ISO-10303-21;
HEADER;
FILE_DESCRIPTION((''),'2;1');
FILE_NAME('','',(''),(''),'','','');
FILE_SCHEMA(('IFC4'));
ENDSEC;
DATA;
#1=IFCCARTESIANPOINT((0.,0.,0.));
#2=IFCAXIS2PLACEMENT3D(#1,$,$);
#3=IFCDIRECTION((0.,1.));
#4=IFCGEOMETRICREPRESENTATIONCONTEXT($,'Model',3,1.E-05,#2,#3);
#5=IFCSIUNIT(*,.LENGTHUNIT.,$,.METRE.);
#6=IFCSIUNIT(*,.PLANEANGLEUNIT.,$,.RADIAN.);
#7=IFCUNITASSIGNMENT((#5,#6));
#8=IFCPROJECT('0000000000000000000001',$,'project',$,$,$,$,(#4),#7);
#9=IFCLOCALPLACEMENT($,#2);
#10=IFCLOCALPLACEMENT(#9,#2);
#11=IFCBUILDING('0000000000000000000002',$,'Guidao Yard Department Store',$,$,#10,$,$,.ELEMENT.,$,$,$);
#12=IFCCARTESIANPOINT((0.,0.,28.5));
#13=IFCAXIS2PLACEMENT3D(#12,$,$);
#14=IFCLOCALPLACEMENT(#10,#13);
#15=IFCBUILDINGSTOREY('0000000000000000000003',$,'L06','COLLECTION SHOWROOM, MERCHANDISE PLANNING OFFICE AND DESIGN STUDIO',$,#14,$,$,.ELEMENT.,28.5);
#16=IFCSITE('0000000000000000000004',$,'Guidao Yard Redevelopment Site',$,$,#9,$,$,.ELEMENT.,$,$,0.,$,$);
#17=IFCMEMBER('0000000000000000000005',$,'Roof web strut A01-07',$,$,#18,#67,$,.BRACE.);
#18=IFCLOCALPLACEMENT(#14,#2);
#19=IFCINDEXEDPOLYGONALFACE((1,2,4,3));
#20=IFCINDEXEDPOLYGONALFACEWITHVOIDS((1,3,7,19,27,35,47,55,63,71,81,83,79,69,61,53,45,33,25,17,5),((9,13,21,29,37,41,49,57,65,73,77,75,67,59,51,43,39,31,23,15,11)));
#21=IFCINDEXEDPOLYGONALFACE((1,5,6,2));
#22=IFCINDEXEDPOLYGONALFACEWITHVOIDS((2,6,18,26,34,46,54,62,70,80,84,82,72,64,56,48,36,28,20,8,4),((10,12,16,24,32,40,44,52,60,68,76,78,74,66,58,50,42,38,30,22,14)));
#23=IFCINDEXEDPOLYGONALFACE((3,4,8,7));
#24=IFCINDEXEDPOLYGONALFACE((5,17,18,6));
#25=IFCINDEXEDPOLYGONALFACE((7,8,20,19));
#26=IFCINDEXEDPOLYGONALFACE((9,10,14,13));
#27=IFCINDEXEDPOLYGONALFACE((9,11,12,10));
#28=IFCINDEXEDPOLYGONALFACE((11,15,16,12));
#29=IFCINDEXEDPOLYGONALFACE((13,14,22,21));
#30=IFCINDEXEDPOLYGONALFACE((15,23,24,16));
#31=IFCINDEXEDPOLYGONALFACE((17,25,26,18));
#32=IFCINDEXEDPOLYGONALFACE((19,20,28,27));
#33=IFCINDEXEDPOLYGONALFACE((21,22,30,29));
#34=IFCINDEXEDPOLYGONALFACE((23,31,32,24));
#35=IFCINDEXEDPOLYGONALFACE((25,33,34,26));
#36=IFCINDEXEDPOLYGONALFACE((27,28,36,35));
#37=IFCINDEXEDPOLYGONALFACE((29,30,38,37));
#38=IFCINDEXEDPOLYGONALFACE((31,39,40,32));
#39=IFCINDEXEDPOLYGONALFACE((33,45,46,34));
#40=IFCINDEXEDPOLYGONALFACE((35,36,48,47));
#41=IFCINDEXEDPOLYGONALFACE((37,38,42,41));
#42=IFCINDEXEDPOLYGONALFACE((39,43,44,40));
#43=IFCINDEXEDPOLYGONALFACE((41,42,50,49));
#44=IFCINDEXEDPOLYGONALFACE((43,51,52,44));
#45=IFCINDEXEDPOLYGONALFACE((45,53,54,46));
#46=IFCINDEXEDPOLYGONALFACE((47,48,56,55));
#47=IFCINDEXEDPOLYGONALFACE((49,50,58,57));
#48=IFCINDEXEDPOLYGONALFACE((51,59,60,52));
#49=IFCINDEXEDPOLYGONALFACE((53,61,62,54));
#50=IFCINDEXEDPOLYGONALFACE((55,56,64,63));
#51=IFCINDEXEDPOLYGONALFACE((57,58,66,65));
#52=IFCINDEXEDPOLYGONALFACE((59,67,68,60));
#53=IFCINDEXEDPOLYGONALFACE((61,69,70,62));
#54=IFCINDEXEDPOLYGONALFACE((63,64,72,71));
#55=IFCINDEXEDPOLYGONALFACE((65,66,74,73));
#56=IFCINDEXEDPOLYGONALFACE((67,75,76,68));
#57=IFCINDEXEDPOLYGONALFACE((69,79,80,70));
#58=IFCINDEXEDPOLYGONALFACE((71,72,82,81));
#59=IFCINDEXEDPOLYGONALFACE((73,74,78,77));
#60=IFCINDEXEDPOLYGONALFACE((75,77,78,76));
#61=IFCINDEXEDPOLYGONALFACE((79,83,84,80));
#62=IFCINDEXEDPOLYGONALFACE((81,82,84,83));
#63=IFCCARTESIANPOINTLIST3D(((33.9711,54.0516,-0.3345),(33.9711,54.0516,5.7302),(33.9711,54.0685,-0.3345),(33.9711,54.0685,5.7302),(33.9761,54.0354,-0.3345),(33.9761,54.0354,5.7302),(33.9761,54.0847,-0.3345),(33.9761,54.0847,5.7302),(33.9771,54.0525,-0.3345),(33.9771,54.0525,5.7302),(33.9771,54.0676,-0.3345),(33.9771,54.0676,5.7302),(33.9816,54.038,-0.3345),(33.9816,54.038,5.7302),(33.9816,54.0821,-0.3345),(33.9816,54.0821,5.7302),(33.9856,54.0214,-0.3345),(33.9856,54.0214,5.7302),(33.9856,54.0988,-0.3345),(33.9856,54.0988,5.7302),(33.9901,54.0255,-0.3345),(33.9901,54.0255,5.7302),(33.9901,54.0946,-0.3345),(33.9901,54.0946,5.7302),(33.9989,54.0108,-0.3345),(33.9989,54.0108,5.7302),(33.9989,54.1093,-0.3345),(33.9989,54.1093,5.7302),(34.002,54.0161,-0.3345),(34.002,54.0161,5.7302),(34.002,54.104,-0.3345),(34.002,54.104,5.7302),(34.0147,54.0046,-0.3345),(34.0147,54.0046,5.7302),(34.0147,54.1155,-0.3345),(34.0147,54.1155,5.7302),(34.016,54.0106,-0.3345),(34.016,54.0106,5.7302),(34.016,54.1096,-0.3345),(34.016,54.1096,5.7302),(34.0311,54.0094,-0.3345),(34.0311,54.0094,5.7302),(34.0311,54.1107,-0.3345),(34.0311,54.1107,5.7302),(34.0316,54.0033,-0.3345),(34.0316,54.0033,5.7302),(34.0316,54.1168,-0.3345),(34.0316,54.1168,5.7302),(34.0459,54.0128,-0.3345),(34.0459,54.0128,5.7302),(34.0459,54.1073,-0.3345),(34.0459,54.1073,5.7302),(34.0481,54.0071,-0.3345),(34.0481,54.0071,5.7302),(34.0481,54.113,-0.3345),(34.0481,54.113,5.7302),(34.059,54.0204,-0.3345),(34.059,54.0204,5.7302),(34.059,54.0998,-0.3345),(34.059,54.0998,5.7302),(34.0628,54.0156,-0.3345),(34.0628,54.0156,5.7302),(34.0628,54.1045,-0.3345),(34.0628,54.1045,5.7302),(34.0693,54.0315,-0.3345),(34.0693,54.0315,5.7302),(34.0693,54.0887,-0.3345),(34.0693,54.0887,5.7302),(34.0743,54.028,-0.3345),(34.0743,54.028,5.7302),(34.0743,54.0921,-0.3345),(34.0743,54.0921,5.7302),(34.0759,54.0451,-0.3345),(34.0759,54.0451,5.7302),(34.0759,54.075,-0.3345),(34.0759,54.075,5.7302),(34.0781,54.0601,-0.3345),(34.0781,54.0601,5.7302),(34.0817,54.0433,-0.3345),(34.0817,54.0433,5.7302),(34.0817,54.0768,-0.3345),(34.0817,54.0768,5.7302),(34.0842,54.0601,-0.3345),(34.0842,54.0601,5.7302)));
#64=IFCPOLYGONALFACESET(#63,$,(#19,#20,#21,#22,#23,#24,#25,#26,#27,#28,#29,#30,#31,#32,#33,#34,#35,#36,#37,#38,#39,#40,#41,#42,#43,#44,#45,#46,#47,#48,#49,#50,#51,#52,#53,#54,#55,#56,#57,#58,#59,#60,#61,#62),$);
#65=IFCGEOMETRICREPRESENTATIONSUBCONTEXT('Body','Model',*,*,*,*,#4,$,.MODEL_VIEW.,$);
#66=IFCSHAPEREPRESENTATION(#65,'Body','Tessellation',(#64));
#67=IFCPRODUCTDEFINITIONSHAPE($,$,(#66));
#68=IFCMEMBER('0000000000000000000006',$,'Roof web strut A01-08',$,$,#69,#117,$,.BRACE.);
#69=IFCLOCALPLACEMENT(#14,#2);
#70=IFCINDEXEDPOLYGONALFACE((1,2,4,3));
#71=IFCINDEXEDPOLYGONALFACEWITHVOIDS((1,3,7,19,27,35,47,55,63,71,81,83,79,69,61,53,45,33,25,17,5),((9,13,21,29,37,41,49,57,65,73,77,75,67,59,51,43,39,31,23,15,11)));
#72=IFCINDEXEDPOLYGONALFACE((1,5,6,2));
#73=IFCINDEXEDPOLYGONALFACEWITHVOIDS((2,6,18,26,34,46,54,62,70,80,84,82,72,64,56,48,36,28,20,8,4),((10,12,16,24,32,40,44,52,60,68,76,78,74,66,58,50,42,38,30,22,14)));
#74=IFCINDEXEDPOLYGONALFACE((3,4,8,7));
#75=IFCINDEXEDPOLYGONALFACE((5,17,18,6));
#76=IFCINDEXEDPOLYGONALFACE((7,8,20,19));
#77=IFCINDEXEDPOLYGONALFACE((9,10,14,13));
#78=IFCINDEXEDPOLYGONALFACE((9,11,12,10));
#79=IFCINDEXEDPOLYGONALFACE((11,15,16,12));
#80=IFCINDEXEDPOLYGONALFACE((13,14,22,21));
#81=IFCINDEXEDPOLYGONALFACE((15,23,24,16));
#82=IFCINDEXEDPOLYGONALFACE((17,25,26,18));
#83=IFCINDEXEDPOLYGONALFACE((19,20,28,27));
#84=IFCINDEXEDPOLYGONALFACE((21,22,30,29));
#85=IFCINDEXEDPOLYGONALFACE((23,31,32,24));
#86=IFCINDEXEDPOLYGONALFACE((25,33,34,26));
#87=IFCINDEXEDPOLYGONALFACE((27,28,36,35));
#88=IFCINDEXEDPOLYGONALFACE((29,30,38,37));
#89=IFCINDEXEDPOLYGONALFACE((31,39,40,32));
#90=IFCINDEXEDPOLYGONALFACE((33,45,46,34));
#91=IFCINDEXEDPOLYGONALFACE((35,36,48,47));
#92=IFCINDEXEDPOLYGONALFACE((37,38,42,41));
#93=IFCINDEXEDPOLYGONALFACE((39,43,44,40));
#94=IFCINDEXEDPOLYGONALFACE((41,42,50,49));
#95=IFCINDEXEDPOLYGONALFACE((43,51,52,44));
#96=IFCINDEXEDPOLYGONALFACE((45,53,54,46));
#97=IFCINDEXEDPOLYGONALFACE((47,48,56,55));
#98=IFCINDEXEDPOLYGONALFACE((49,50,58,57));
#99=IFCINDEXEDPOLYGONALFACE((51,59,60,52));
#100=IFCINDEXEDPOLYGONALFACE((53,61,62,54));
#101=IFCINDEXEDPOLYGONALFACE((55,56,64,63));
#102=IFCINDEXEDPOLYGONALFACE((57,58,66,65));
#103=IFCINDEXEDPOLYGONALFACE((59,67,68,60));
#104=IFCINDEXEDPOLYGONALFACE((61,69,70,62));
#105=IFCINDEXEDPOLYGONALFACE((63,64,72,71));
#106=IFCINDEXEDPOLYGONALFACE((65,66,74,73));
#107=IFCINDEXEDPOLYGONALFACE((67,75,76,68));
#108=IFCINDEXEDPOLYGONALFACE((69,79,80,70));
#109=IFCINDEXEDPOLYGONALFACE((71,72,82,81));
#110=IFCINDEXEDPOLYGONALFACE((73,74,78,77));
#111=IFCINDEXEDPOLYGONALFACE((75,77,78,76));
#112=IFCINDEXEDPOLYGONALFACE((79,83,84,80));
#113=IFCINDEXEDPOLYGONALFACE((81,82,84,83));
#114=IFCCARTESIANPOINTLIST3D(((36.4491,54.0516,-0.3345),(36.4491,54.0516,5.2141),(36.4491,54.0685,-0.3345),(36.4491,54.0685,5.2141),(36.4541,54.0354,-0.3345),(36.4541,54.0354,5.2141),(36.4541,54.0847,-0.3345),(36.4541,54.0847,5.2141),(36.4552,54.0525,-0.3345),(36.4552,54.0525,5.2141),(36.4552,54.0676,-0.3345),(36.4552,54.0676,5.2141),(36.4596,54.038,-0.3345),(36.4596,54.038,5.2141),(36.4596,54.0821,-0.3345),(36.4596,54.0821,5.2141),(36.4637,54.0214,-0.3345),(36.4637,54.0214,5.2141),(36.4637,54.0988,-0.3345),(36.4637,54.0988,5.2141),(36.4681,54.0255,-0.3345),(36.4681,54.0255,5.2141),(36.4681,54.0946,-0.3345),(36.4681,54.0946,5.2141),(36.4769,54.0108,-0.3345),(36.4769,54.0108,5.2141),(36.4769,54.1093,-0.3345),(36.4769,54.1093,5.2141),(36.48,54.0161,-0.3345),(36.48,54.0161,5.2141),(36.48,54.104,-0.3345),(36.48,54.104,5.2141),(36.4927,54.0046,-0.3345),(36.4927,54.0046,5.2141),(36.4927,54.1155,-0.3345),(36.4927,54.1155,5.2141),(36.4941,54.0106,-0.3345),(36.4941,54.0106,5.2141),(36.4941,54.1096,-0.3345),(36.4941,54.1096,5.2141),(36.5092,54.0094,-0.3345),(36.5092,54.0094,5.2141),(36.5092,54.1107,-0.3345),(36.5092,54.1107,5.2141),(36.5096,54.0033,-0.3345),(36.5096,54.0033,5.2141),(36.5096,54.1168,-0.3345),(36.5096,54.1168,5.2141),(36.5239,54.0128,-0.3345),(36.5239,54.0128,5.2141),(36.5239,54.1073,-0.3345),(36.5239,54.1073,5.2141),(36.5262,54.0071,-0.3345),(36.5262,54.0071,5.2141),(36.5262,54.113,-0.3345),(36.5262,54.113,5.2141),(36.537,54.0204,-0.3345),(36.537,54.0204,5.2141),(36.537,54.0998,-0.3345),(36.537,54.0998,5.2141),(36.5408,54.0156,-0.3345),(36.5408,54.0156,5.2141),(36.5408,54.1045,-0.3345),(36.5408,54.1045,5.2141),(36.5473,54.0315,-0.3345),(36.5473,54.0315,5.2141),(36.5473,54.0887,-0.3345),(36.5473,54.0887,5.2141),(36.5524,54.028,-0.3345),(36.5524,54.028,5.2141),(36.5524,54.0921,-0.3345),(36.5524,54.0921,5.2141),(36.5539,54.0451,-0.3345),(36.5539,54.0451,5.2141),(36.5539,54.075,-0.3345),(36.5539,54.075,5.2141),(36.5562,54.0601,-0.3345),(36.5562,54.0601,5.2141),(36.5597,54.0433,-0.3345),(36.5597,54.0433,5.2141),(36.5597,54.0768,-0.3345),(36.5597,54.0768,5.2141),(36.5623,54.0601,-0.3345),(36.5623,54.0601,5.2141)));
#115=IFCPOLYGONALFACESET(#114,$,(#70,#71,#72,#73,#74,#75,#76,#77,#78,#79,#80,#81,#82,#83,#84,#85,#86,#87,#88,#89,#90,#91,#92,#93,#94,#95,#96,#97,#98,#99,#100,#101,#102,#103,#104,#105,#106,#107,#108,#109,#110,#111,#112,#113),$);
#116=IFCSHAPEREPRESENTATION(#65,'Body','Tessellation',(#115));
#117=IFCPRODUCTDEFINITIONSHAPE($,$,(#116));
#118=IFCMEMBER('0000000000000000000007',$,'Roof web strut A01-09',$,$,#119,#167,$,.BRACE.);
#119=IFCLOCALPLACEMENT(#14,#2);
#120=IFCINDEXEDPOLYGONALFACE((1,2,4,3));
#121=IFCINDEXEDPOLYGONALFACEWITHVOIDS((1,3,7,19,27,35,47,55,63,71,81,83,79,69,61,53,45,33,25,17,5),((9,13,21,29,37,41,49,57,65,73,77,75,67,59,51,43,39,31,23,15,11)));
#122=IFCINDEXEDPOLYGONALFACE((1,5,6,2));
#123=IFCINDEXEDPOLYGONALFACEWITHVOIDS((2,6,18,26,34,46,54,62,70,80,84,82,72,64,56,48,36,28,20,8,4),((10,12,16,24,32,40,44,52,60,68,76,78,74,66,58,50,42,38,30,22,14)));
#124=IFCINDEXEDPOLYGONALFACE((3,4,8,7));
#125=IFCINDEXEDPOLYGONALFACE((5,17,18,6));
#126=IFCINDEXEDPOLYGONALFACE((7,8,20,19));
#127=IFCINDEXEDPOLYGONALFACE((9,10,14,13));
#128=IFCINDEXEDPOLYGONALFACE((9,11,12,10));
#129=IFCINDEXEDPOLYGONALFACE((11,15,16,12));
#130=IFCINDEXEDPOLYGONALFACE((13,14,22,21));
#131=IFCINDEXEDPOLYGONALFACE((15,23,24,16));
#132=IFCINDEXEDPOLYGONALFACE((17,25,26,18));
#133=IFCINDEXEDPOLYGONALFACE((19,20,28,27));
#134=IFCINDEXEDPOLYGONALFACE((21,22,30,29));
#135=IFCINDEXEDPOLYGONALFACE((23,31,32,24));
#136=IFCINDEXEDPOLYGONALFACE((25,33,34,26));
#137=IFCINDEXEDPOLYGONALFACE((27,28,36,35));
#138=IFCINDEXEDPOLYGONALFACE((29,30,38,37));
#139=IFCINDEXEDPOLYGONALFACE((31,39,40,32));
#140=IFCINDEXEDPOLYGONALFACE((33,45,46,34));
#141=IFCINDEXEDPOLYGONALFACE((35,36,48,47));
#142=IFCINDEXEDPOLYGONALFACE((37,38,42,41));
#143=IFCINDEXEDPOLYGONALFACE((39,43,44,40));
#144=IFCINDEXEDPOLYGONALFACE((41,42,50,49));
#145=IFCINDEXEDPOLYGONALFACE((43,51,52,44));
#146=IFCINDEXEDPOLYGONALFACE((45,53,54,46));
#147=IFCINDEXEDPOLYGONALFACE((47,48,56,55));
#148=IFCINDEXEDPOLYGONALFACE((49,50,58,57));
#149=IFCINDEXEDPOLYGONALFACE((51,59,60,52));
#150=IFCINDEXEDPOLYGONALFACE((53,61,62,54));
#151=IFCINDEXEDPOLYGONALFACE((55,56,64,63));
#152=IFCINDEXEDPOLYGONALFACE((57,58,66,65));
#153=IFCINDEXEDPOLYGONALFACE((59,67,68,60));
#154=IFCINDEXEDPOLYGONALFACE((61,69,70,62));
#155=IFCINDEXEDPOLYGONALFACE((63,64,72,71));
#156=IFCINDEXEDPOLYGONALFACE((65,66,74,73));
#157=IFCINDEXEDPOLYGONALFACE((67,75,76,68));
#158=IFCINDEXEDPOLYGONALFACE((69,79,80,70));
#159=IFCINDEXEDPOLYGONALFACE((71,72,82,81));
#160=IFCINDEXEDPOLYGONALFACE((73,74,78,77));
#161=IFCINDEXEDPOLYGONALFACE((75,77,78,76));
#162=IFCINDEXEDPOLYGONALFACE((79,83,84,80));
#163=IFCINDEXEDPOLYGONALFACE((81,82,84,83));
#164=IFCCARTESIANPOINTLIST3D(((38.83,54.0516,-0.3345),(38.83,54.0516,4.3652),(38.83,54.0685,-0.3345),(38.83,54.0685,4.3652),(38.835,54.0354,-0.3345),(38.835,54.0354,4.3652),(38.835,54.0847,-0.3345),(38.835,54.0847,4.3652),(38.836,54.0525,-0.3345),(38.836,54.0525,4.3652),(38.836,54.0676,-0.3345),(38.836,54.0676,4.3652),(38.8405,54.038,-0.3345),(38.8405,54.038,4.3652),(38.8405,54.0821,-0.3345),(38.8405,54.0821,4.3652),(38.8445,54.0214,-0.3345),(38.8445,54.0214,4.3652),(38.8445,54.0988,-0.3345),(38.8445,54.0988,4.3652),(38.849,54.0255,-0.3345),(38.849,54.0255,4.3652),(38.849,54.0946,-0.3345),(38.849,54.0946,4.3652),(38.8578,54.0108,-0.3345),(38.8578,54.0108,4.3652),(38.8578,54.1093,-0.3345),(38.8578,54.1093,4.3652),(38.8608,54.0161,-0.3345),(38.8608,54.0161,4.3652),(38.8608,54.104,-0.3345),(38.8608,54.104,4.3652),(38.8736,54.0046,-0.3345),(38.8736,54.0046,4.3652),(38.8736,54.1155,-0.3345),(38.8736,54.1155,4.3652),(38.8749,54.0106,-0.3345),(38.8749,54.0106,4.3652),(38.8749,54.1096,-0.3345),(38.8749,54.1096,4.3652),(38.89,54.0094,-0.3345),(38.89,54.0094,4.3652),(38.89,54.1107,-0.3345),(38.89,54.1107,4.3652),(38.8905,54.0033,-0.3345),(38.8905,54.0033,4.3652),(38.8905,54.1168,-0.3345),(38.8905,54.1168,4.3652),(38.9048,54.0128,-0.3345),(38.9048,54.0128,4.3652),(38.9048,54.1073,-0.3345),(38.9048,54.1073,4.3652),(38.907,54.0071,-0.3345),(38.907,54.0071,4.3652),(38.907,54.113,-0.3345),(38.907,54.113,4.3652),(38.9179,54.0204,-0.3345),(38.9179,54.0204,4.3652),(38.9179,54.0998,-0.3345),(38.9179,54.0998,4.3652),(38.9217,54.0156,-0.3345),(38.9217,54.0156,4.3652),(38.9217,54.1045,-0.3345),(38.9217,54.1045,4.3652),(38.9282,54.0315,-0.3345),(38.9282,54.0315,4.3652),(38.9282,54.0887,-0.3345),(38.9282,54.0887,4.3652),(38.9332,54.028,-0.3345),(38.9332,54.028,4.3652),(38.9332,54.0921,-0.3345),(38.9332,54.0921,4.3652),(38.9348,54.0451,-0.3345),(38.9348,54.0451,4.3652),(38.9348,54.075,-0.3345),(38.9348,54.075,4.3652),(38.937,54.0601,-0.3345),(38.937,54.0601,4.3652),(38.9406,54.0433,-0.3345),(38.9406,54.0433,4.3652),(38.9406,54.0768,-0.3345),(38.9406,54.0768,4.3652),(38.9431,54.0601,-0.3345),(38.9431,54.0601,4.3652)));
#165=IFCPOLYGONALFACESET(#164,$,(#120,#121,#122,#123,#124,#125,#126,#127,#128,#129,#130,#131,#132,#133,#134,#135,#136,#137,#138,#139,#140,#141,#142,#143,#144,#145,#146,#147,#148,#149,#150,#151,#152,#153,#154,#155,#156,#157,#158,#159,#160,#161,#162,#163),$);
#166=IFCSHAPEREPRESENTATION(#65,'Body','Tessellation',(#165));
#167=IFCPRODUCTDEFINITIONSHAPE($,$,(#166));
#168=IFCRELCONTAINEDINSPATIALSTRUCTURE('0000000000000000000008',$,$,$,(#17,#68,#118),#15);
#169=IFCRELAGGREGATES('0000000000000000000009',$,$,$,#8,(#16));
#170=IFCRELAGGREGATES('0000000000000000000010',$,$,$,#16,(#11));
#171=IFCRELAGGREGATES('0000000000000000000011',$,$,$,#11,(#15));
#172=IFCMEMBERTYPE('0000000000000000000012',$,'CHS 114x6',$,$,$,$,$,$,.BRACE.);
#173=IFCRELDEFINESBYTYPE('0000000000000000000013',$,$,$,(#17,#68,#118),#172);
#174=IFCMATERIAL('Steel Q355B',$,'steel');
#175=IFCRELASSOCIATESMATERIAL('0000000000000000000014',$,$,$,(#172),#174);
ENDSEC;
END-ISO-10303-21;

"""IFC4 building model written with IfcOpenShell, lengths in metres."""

from ifc_helpers import new_model, si_unit, direction, frame, origin, origin_2d, place, context, subcontext, project, spatial, hollow_circle, extrude, material, material_profile, profile_set, type_object, element, save


model = new_model("IFC4")

# Units and contexts
model_context = context("Model", 3, precision=1e-05, world=origin(), true_north=direction((0.0, 1.0)))
body_context = subcontext(model_context, "Body", "Model", "MODEL_VIEW")
ifc_project = project(units=[si_unit("LENGTHUNIT", "METRE"), si_unit("PLANEANGLEUNIT", "RADIAN")], contexts=[model_context])

# Site, building, storey
site_placement = place(None, origin())
site = spatial("IfcSite", under=ifc_project, at=site_placement, Name="Guidao Yard Redevelopment Site", CompositionType="ELEMENT", RefElevation=0.0)
building_placement = place(site_placement, origin())
building = spatial("IfcBuilding", under=site, at=building_placement, Name="Guidao Yard Department Store", CompositionType="ELEMENT")
storey_placement = place(building_placement, frame((0.0, 0.0, 28.5)))
storey = spatial("IfcBuildingStorey", under=building, at=storey_placement, Name="L06", Description="COLLECTION SHOWROOM, MERCHANDISE PLANNING OFFICE AND DESIGN STUDIO", CompositionType="ELEMENT", Elevation=28.5)

# Members
ifc_material_1 = material(Name="Steel Q355B", Category="steel")
ifc_material_profile_1 = material_profile(ifc_material_1, hollow_circle(Radius=0.0569, WallThickness=0.0061, at=origin_2d()), Name="CHS 114x6")
ifc_profile_set_1 = profile_set([ifc_material_profile_1], Name="Steel Q355B")
member_type_1 = type_object("IfcMemberType", Name="CHS 114x6", PredefinedType="BRACE", material=ifc_profile_set_1)
member_1_placement = place(storey_placement, frame((34.0273, 54.0601, -0.3345), z_axis=(0.0, 0.0, 1.0), x_axis=(1.0, 0.0, 0.0)))
element("IfcMember", 1, at=member_1_placement, inside=storey, type_object=member_type_1, Name="Roof web strut A01-07", PredefinedType="BRACE", context=body_context, shape_type="SweptSolid", body=[
    extrude(hollow_circle(Radius=0.0569, WallThickness=0.0061, at=origin_2d()), origin(), (0.0, 0.0, 1.0), 6.0647),
])
member_2_placement = place(storey_placement, frame((36.5054, 54.0601, -0.3345), z_axis=(0.0, 0.0, 1.0), x_axis=(1.0, 0.0, 0.0)))
element("IfcMember", 2, at=member_2_placement, inside=storey, type_object=member_type_1, Name="Roof web strut A01-08", PredefinedType="BRACE", context=body_context, shape_type="SweptSolid", body=[
    extrude(hollow_circle(Radius=0.0569, WallThickness=0.0061, at=origin_2d()), origin(), (0.0, 0.0, 1.0), 5.5486),
])
member_3_placement = place(storey_placement, frame((38.8862, 54.0601, -0.3345), z_axis=(0.0, 0.0, 1.0), x_axis=(1.0, 0.0, 0.0)))
element("IfcMember", 3, at=member_3_placement, inside=storey, type_object=member_type_1, Name="Roof web strut A01-09", PredefinedType="BRACE", context=body_context, shape_type="SweptSolid", body=[
    extrude(hollow_circle(Radius=0.0569, WallThickness=0.0061, at=origin_2d()), origin(), (0.0, 0.0, 1.0), 4.6997),
])

save(model, "model.ifc")
